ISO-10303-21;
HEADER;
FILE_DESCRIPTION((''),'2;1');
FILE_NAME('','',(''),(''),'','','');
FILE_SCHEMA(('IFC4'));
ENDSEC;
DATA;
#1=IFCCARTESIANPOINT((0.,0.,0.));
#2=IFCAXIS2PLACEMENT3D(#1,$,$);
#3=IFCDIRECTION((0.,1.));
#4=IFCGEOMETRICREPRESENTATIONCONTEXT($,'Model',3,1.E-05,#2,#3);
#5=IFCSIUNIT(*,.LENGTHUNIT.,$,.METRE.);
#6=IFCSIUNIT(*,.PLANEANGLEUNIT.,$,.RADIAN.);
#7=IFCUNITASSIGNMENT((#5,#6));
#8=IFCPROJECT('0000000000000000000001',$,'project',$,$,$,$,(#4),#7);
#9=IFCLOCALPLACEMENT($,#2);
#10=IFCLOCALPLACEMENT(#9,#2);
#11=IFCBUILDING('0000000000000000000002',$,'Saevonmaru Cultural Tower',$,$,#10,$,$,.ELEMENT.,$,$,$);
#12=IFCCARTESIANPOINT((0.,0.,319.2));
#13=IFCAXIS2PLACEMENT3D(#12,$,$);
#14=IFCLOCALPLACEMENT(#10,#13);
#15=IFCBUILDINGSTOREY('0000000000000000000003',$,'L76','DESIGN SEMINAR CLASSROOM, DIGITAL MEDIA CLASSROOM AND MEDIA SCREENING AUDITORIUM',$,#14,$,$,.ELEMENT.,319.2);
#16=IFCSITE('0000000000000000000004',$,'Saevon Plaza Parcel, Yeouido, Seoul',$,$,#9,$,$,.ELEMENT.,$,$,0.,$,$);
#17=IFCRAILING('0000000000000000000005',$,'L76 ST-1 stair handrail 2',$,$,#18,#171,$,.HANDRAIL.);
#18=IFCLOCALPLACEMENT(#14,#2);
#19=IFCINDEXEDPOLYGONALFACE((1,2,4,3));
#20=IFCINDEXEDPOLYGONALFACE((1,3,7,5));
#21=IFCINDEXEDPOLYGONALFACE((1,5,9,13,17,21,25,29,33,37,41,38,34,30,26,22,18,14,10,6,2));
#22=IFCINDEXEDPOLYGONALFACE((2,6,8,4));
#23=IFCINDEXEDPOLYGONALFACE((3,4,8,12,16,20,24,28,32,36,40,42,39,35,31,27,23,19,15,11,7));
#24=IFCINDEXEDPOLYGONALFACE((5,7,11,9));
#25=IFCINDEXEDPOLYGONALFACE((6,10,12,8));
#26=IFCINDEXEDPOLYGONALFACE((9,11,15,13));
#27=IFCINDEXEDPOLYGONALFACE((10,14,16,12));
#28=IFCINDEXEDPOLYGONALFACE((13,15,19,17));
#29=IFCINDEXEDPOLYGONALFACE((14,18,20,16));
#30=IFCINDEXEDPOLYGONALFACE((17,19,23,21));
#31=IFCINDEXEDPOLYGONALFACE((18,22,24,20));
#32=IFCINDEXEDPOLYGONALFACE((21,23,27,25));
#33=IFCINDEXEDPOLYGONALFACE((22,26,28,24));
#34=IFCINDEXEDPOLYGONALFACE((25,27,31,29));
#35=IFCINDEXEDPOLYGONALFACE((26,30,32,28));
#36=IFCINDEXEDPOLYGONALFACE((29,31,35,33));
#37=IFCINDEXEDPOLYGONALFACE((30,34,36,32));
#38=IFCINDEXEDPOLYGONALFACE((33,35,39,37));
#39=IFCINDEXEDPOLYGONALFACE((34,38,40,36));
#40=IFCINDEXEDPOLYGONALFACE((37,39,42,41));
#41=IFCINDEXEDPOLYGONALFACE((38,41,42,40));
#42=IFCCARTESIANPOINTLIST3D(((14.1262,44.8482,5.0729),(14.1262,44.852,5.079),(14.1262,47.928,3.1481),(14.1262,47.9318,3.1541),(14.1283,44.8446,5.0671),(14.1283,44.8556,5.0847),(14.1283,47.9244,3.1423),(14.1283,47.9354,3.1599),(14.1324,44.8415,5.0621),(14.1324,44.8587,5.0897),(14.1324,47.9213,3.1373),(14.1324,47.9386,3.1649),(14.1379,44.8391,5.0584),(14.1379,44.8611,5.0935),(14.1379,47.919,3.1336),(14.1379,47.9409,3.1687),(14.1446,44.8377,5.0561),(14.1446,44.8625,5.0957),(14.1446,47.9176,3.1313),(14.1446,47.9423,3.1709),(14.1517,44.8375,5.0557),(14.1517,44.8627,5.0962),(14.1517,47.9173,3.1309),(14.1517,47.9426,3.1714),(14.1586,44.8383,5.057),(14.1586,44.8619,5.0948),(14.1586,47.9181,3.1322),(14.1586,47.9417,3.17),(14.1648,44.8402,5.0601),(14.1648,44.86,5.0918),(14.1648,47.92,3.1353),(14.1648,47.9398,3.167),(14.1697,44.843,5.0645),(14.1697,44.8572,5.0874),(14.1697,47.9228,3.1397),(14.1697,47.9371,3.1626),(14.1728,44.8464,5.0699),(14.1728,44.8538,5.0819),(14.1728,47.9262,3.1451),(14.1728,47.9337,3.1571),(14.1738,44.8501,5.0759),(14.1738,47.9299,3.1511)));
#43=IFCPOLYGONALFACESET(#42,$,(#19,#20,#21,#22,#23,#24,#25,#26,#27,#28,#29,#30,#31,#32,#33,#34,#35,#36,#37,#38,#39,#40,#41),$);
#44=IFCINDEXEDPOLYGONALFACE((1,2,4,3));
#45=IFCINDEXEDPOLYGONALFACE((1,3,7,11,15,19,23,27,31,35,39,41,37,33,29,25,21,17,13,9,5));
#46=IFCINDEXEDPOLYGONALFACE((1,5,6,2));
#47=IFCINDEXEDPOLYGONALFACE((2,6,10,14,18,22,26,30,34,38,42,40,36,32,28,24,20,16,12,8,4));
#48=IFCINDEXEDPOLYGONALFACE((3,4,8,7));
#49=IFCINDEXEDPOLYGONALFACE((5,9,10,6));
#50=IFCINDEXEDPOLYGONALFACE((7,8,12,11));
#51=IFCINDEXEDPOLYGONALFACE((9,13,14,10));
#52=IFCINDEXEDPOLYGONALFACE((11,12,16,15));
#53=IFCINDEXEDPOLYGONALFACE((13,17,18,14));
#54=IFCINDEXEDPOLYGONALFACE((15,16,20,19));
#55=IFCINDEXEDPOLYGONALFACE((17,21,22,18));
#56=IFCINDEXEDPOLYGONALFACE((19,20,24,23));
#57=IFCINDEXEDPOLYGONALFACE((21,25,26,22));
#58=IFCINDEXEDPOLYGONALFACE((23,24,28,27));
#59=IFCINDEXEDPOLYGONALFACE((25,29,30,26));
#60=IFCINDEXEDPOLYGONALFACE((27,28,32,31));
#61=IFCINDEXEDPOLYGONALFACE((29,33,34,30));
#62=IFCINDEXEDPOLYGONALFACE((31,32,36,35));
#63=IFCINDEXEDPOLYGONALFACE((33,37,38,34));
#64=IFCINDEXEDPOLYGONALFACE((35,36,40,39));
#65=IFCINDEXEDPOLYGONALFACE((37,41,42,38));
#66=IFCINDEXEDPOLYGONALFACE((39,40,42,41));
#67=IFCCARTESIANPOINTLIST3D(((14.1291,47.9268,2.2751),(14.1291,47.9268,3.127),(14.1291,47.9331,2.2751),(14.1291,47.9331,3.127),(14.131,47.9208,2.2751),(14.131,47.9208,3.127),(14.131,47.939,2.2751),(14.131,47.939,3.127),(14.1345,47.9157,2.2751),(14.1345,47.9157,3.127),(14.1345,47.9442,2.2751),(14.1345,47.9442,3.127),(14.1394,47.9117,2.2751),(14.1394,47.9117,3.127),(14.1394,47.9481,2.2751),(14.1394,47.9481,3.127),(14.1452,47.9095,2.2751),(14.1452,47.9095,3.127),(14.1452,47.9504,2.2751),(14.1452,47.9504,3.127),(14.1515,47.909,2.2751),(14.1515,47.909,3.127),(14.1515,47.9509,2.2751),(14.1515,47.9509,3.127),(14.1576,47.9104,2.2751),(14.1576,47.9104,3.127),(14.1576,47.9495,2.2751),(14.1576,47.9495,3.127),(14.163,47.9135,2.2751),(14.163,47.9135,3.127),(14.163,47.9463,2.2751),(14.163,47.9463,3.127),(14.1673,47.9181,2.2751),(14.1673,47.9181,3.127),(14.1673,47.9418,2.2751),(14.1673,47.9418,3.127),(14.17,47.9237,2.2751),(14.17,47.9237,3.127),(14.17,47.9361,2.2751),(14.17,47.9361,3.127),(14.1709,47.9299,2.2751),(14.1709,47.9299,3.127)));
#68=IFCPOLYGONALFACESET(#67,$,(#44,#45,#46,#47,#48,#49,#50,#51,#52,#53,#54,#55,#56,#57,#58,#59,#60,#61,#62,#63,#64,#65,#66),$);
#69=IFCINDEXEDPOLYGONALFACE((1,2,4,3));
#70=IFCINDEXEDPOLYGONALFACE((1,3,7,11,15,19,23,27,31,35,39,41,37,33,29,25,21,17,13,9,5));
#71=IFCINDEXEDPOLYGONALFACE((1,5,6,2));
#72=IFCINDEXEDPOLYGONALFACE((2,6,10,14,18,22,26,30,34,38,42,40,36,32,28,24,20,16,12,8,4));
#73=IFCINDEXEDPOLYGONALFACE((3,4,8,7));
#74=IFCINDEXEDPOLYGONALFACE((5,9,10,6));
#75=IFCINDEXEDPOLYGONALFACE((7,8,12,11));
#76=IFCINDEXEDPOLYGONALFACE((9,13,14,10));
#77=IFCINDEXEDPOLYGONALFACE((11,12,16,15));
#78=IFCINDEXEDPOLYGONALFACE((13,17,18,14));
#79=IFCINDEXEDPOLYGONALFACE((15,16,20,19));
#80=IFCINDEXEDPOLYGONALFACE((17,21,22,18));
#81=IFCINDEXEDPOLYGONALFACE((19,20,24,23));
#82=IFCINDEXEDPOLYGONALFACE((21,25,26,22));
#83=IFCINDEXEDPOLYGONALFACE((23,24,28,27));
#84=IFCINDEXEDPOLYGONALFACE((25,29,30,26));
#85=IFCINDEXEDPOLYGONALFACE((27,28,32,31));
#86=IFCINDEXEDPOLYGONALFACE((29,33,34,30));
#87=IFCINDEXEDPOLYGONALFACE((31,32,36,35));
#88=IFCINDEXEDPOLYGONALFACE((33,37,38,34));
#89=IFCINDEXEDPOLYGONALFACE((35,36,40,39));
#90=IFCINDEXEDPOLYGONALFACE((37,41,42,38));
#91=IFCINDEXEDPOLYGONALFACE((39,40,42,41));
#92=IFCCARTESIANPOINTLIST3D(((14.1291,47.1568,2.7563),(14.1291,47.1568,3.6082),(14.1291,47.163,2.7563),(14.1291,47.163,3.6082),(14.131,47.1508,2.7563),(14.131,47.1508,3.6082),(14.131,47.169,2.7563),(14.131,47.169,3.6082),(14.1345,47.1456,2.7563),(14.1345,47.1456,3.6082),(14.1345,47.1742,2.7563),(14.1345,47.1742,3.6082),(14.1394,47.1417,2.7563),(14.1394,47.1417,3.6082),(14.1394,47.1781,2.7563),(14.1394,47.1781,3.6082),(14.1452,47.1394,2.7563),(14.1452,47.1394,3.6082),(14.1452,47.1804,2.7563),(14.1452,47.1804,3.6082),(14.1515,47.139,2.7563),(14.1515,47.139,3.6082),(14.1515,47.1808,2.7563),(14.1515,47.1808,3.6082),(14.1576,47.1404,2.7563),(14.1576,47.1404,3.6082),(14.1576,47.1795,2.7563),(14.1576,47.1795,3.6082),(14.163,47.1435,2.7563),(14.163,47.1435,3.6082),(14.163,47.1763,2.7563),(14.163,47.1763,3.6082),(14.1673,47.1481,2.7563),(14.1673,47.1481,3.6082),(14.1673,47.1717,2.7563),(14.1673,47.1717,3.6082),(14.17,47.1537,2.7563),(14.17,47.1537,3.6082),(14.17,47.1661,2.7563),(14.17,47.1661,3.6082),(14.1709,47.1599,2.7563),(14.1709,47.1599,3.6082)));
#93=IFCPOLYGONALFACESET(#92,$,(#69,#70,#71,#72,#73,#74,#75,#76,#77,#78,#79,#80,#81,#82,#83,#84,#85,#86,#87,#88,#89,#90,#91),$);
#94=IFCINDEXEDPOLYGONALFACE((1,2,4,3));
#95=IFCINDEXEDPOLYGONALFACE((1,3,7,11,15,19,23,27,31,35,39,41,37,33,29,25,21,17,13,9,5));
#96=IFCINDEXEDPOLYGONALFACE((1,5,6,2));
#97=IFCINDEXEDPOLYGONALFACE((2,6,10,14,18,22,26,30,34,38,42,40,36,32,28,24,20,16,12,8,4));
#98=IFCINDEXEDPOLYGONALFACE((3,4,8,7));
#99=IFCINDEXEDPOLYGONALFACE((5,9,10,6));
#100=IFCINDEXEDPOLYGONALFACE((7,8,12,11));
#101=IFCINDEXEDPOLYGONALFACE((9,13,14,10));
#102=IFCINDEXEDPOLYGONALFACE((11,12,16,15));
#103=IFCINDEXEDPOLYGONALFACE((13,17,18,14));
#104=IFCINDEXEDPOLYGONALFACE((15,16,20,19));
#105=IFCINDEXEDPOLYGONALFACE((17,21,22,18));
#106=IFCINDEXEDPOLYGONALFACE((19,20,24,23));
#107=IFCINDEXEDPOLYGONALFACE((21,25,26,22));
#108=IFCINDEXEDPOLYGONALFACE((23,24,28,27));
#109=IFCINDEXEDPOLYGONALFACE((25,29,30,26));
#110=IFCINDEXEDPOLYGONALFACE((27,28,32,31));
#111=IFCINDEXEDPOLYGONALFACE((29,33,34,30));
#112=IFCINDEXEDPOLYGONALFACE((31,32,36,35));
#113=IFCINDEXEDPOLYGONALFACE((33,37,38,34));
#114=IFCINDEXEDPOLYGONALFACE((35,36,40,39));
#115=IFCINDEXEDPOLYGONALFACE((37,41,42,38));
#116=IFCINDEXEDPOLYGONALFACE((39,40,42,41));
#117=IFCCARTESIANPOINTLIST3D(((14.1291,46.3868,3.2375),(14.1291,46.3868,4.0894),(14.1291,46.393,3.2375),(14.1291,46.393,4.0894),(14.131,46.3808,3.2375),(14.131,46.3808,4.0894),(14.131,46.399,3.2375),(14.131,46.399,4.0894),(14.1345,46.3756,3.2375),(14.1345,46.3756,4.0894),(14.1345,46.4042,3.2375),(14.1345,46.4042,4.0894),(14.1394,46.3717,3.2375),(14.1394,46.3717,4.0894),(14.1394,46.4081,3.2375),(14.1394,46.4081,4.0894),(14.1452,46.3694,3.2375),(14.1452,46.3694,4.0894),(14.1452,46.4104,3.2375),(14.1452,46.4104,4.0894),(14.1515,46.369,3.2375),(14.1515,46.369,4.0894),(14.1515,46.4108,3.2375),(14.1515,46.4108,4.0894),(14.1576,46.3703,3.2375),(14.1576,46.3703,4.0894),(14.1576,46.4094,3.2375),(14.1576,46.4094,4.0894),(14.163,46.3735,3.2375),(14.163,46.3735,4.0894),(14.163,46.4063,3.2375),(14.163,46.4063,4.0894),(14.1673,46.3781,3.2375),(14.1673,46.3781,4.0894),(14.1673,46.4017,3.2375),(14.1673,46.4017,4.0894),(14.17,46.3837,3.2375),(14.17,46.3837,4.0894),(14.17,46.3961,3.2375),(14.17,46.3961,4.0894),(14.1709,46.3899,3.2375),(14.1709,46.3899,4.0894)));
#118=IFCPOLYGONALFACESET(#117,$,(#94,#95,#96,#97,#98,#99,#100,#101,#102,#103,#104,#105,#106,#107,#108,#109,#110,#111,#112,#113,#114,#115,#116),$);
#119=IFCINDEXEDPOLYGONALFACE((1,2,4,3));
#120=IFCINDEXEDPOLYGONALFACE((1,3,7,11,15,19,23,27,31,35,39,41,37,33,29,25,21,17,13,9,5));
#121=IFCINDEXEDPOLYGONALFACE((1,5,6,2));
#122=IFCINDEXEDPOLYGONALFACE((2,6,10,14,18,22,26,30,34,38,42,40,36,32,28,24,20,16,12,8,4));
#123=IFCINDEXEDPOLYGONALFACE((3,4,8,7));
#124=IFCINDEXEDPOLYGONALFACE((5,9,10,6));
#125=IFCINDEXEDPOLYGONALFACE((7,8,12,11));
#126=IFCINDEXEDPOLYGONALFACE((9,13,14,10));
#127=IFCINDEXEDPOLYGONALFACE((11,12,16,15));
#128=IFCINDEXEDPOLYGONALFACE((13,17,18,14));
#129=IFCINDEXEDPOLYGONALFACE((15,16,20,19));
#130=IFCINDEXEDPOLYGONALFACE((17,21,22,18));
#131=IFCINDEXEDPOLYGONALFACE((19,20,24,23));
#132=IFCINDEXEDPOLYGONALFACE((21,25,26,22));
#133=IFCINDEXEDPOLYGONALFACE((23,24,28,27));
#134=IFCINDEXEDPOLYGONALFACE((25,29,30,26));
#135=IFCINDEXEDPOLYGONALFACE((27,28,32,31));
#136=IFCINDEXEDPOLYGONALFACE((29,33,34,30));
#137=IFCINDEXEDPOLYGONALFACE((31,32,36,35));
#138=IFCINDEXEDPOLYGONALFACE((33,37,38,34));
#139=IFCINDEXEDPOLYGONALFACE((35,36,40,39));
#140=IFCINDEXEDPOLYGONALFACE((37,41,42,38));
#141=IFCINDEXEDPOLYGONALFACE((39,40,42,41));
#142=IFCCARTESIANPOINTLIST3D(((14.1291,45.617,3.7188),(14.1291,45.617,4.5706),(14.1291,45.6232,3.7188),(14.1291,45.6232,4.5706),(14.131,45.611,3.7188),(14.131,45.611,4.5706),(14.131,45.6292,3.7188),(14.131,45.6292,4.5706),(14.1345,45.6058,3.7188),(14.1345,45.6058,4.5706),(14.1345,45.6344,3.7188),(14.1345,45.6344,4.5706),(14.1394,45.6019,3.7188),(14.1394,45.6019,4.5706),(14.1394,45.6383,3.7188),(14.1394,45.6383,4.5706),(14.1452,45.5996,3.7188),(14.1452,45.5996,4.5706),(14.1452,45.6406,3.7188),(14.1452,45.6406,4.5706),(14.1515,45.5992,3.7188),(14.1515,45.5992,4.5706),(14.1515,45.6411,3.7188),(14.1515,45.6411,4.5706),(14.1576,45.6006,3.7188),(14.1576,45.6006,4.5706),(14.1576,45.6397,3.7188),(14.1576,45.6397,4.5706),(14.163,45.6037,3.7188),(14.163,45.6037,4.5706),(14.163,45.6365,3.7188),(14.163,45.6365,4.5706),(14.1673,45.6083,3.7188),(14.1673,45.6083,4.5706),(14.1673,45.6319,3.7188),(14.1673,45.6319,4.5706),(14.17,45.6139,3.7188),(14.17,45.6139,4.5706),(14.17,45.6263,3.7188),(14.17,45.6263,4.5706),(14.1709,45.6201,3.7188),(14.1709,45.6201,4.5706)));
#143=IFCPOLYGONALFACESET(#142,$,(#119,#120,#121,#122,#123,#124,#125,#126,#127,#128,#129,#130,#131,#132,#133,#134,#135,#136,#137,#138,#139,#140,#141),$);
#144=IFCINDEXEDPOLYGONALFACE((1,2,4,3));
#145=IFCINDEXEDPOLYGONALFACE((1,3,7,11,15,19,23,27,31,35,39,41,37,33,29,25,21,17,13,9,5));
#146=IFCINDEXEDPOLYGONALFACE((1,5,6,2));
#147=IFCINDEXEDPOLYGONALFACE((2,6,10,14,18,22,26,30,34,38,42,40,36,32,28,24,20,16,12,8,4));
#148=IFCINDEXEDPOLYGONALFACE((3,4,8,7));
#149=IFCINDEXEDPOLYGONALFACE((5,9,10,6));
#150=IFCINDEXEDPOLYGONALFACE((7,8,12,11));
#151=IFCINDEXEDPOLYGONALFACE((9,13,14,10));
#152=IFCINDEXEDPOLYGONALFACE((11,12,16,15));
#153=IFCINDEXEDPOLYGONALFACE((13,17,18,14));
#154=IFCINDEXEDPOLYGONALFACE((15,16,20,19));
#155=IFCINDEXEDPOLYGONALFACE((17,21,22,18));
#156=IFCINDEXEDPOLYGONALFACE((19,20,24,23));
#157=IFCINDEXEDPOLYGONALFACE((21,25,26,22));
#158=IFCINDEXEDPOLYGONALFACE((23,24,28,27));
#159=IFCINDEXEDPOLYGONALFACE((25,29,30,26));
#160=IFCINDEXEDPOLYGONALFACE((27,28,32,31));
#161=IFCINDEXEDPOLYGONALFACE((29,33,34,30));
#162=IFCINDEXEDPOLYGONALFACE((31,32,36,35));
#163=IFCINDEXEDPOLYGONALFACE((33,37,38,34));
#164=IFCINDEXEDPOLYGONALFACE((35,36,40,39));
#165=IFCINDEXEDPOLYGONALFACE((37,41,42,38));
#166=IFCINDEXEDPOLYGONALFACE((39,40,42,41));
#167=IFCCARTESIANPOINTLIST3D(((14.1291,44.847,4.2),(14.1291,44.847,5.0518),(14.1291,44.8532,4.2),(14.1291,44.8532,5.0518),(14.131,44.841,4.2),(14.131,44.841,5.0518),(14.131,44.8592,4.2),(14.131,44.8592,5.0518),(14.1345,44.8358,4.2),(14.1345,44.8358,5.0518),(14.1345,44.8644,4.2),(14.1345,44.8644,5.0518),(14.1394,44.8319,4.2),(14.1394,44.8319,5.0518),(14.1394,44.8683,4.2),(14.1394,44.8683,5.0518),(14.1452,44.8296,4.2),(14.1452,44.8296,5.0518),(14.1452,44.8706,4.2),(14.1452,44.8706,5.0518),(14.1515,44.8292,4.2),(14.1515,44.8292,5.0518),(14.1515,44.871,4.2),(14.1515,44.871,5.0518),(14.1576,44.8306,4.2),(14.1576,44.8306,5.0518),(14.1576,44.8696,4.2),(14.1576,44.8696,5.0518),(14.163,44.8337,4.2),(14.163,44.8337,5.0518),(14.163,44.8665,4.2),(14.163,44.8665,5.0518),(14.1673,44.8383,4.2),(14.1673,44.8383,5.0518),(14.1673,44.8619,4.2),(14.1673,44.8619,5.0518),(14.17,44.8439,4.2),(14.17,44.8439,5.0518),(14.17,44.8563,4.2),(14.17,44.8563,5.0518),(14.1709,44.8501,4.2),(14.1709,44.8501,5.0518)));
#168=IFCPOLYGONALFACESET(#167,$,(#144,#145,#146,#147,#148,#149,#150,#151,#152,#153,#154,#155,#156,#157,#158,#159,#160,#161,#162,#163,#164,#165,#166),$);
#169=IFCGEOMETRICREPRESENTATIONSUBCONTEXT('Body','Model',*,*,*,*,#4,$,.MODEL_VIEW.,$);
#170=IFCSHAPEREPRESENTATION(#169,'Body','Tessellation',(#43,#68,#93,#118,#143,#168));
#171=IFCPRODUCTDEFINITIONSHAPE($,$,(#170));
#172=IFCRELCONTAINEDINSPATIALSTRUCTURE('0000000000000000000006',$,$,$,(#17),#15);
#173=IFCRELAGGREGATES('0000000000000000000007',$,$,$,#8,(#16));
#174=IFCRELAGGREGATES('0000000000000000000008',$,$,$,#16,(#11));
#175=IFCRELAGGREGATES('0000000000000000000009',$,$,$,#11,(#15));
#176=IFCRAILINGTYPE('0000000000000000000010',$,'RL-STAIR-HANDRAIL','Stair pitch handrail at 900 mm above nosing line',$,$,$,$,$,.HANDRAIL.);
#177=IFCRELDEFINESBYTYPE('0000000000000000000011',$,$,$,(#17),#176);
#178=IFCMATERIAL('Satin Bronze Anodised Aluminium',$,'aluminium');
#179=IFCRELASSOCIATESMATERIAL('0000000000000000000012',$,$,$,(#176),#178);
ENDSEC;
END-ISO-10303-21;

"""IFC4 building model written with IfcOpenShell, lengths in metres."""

from ifc_helpers import new_model, si_unit, direction, frame, origin, origin_2d, place, context, subcontext, project, spatial, circle, extrude, material, type_object, element, save


model = new_model("IFC4")

# Units and contexts
model_context = context("Model", 3, precision=1e-05, world=origin(), true_north=direction((0.0, 1.0)))
body_context = subcontext(model_context, "Body", "Model", "MODEL_VIEW")
ifc_project = project(units=[si_unit("LENGTHUNIT", "METRE"), si_unit("PLANEANGLEUNIT", "RADIAN")], contexts=[model_context])

# Site, building, storey
site_placement = place(None, origin())
site = spatial("IfcSite", under=ifc_project, at=site_placement, Name="Saevon Plaza Parcel, Yeouido, Seoul", CompositionType="ELEMENT", RefElevation=0.0)
building_placement = place(site_placement, origin())
building = spatial("IfcBuilding", under=site, at=building_placement, Name="Saevonmaru Cultural Tower", CompositionType="ELEMENT")
storey_placement = place(building_placement, frame((0.0, 0.0, 319.2)))
storey = spatial("IfcBuildingStorey", under=building, at=storey_placement, Name="L76", Description="DESIGN SEMINAR CLASSROOM, DIGITAL MEDIA CLASSROOM AND MEDIA SCREENING AUDITORIUM", CompositionType="ELEMENT", Elevation=319.2)

# Shared definitions
ifc_material_1 = material(Name="Satin Bronze Anodised Aluminium", Category="aluminium")

# Railing
railing_type = type_object("IfcRailingType", Name="RL-STAIR-HANDRAIL", Description="Stair pitch handrail at 900 mm above nosing line", PredefinedType="HANDRAIL", material=ifc_material_1)
railing_placement = place(storey_placement, frame((14.1499, 47.9299, 2.2751)))
element("IfcRailing", 1, at=railing_placement, inside=storey, type_object=railing_type, Name="L76 ST-1 stair handrail 2", PredefinedType="HANDRAIL", context=body_context, shape_type="SweptSolid", body=[
    extrude(circle(Radius=0.0239, at=origin_2d()), frame((0.0, 0.0, 0.876), z_axis=(0.0, -0.84801, 0.529981), x_axis=(1.0, 0.0, 0.0)), (0.0, 0.0, 1.0), 3.6318),
    extrude(circle(Radius=0.021, at=origin_2d()), origin(), (0.0, 0.0, 1.0), 0.8518),
    extrude(circle(Radius=0.021, at=origin_2d()), frame((0.0, -0.77, 0.4812)), (0.0, 0.0, 1.0), 0.8518),
    extrude(circle(Radius=0.021, at=origin_2d()), frame((0.0, -1.54, 0.9624)), (0.0, 0.0, 1.0), 0.8518),
    extrude(circle(Radius=0.021, at=origin_2d()), frame((0.0, -2.3098, 1.4436)), (0.0, 0.0, 1.0), 0.8518),
    extrude(circle(Radius=0.021, at=origin_2d()), frame((0.0, -3.0798, 1.9248)), (0.0, 0.0, 1.0), 0.8518),
])

save(model, "model.ifc")
